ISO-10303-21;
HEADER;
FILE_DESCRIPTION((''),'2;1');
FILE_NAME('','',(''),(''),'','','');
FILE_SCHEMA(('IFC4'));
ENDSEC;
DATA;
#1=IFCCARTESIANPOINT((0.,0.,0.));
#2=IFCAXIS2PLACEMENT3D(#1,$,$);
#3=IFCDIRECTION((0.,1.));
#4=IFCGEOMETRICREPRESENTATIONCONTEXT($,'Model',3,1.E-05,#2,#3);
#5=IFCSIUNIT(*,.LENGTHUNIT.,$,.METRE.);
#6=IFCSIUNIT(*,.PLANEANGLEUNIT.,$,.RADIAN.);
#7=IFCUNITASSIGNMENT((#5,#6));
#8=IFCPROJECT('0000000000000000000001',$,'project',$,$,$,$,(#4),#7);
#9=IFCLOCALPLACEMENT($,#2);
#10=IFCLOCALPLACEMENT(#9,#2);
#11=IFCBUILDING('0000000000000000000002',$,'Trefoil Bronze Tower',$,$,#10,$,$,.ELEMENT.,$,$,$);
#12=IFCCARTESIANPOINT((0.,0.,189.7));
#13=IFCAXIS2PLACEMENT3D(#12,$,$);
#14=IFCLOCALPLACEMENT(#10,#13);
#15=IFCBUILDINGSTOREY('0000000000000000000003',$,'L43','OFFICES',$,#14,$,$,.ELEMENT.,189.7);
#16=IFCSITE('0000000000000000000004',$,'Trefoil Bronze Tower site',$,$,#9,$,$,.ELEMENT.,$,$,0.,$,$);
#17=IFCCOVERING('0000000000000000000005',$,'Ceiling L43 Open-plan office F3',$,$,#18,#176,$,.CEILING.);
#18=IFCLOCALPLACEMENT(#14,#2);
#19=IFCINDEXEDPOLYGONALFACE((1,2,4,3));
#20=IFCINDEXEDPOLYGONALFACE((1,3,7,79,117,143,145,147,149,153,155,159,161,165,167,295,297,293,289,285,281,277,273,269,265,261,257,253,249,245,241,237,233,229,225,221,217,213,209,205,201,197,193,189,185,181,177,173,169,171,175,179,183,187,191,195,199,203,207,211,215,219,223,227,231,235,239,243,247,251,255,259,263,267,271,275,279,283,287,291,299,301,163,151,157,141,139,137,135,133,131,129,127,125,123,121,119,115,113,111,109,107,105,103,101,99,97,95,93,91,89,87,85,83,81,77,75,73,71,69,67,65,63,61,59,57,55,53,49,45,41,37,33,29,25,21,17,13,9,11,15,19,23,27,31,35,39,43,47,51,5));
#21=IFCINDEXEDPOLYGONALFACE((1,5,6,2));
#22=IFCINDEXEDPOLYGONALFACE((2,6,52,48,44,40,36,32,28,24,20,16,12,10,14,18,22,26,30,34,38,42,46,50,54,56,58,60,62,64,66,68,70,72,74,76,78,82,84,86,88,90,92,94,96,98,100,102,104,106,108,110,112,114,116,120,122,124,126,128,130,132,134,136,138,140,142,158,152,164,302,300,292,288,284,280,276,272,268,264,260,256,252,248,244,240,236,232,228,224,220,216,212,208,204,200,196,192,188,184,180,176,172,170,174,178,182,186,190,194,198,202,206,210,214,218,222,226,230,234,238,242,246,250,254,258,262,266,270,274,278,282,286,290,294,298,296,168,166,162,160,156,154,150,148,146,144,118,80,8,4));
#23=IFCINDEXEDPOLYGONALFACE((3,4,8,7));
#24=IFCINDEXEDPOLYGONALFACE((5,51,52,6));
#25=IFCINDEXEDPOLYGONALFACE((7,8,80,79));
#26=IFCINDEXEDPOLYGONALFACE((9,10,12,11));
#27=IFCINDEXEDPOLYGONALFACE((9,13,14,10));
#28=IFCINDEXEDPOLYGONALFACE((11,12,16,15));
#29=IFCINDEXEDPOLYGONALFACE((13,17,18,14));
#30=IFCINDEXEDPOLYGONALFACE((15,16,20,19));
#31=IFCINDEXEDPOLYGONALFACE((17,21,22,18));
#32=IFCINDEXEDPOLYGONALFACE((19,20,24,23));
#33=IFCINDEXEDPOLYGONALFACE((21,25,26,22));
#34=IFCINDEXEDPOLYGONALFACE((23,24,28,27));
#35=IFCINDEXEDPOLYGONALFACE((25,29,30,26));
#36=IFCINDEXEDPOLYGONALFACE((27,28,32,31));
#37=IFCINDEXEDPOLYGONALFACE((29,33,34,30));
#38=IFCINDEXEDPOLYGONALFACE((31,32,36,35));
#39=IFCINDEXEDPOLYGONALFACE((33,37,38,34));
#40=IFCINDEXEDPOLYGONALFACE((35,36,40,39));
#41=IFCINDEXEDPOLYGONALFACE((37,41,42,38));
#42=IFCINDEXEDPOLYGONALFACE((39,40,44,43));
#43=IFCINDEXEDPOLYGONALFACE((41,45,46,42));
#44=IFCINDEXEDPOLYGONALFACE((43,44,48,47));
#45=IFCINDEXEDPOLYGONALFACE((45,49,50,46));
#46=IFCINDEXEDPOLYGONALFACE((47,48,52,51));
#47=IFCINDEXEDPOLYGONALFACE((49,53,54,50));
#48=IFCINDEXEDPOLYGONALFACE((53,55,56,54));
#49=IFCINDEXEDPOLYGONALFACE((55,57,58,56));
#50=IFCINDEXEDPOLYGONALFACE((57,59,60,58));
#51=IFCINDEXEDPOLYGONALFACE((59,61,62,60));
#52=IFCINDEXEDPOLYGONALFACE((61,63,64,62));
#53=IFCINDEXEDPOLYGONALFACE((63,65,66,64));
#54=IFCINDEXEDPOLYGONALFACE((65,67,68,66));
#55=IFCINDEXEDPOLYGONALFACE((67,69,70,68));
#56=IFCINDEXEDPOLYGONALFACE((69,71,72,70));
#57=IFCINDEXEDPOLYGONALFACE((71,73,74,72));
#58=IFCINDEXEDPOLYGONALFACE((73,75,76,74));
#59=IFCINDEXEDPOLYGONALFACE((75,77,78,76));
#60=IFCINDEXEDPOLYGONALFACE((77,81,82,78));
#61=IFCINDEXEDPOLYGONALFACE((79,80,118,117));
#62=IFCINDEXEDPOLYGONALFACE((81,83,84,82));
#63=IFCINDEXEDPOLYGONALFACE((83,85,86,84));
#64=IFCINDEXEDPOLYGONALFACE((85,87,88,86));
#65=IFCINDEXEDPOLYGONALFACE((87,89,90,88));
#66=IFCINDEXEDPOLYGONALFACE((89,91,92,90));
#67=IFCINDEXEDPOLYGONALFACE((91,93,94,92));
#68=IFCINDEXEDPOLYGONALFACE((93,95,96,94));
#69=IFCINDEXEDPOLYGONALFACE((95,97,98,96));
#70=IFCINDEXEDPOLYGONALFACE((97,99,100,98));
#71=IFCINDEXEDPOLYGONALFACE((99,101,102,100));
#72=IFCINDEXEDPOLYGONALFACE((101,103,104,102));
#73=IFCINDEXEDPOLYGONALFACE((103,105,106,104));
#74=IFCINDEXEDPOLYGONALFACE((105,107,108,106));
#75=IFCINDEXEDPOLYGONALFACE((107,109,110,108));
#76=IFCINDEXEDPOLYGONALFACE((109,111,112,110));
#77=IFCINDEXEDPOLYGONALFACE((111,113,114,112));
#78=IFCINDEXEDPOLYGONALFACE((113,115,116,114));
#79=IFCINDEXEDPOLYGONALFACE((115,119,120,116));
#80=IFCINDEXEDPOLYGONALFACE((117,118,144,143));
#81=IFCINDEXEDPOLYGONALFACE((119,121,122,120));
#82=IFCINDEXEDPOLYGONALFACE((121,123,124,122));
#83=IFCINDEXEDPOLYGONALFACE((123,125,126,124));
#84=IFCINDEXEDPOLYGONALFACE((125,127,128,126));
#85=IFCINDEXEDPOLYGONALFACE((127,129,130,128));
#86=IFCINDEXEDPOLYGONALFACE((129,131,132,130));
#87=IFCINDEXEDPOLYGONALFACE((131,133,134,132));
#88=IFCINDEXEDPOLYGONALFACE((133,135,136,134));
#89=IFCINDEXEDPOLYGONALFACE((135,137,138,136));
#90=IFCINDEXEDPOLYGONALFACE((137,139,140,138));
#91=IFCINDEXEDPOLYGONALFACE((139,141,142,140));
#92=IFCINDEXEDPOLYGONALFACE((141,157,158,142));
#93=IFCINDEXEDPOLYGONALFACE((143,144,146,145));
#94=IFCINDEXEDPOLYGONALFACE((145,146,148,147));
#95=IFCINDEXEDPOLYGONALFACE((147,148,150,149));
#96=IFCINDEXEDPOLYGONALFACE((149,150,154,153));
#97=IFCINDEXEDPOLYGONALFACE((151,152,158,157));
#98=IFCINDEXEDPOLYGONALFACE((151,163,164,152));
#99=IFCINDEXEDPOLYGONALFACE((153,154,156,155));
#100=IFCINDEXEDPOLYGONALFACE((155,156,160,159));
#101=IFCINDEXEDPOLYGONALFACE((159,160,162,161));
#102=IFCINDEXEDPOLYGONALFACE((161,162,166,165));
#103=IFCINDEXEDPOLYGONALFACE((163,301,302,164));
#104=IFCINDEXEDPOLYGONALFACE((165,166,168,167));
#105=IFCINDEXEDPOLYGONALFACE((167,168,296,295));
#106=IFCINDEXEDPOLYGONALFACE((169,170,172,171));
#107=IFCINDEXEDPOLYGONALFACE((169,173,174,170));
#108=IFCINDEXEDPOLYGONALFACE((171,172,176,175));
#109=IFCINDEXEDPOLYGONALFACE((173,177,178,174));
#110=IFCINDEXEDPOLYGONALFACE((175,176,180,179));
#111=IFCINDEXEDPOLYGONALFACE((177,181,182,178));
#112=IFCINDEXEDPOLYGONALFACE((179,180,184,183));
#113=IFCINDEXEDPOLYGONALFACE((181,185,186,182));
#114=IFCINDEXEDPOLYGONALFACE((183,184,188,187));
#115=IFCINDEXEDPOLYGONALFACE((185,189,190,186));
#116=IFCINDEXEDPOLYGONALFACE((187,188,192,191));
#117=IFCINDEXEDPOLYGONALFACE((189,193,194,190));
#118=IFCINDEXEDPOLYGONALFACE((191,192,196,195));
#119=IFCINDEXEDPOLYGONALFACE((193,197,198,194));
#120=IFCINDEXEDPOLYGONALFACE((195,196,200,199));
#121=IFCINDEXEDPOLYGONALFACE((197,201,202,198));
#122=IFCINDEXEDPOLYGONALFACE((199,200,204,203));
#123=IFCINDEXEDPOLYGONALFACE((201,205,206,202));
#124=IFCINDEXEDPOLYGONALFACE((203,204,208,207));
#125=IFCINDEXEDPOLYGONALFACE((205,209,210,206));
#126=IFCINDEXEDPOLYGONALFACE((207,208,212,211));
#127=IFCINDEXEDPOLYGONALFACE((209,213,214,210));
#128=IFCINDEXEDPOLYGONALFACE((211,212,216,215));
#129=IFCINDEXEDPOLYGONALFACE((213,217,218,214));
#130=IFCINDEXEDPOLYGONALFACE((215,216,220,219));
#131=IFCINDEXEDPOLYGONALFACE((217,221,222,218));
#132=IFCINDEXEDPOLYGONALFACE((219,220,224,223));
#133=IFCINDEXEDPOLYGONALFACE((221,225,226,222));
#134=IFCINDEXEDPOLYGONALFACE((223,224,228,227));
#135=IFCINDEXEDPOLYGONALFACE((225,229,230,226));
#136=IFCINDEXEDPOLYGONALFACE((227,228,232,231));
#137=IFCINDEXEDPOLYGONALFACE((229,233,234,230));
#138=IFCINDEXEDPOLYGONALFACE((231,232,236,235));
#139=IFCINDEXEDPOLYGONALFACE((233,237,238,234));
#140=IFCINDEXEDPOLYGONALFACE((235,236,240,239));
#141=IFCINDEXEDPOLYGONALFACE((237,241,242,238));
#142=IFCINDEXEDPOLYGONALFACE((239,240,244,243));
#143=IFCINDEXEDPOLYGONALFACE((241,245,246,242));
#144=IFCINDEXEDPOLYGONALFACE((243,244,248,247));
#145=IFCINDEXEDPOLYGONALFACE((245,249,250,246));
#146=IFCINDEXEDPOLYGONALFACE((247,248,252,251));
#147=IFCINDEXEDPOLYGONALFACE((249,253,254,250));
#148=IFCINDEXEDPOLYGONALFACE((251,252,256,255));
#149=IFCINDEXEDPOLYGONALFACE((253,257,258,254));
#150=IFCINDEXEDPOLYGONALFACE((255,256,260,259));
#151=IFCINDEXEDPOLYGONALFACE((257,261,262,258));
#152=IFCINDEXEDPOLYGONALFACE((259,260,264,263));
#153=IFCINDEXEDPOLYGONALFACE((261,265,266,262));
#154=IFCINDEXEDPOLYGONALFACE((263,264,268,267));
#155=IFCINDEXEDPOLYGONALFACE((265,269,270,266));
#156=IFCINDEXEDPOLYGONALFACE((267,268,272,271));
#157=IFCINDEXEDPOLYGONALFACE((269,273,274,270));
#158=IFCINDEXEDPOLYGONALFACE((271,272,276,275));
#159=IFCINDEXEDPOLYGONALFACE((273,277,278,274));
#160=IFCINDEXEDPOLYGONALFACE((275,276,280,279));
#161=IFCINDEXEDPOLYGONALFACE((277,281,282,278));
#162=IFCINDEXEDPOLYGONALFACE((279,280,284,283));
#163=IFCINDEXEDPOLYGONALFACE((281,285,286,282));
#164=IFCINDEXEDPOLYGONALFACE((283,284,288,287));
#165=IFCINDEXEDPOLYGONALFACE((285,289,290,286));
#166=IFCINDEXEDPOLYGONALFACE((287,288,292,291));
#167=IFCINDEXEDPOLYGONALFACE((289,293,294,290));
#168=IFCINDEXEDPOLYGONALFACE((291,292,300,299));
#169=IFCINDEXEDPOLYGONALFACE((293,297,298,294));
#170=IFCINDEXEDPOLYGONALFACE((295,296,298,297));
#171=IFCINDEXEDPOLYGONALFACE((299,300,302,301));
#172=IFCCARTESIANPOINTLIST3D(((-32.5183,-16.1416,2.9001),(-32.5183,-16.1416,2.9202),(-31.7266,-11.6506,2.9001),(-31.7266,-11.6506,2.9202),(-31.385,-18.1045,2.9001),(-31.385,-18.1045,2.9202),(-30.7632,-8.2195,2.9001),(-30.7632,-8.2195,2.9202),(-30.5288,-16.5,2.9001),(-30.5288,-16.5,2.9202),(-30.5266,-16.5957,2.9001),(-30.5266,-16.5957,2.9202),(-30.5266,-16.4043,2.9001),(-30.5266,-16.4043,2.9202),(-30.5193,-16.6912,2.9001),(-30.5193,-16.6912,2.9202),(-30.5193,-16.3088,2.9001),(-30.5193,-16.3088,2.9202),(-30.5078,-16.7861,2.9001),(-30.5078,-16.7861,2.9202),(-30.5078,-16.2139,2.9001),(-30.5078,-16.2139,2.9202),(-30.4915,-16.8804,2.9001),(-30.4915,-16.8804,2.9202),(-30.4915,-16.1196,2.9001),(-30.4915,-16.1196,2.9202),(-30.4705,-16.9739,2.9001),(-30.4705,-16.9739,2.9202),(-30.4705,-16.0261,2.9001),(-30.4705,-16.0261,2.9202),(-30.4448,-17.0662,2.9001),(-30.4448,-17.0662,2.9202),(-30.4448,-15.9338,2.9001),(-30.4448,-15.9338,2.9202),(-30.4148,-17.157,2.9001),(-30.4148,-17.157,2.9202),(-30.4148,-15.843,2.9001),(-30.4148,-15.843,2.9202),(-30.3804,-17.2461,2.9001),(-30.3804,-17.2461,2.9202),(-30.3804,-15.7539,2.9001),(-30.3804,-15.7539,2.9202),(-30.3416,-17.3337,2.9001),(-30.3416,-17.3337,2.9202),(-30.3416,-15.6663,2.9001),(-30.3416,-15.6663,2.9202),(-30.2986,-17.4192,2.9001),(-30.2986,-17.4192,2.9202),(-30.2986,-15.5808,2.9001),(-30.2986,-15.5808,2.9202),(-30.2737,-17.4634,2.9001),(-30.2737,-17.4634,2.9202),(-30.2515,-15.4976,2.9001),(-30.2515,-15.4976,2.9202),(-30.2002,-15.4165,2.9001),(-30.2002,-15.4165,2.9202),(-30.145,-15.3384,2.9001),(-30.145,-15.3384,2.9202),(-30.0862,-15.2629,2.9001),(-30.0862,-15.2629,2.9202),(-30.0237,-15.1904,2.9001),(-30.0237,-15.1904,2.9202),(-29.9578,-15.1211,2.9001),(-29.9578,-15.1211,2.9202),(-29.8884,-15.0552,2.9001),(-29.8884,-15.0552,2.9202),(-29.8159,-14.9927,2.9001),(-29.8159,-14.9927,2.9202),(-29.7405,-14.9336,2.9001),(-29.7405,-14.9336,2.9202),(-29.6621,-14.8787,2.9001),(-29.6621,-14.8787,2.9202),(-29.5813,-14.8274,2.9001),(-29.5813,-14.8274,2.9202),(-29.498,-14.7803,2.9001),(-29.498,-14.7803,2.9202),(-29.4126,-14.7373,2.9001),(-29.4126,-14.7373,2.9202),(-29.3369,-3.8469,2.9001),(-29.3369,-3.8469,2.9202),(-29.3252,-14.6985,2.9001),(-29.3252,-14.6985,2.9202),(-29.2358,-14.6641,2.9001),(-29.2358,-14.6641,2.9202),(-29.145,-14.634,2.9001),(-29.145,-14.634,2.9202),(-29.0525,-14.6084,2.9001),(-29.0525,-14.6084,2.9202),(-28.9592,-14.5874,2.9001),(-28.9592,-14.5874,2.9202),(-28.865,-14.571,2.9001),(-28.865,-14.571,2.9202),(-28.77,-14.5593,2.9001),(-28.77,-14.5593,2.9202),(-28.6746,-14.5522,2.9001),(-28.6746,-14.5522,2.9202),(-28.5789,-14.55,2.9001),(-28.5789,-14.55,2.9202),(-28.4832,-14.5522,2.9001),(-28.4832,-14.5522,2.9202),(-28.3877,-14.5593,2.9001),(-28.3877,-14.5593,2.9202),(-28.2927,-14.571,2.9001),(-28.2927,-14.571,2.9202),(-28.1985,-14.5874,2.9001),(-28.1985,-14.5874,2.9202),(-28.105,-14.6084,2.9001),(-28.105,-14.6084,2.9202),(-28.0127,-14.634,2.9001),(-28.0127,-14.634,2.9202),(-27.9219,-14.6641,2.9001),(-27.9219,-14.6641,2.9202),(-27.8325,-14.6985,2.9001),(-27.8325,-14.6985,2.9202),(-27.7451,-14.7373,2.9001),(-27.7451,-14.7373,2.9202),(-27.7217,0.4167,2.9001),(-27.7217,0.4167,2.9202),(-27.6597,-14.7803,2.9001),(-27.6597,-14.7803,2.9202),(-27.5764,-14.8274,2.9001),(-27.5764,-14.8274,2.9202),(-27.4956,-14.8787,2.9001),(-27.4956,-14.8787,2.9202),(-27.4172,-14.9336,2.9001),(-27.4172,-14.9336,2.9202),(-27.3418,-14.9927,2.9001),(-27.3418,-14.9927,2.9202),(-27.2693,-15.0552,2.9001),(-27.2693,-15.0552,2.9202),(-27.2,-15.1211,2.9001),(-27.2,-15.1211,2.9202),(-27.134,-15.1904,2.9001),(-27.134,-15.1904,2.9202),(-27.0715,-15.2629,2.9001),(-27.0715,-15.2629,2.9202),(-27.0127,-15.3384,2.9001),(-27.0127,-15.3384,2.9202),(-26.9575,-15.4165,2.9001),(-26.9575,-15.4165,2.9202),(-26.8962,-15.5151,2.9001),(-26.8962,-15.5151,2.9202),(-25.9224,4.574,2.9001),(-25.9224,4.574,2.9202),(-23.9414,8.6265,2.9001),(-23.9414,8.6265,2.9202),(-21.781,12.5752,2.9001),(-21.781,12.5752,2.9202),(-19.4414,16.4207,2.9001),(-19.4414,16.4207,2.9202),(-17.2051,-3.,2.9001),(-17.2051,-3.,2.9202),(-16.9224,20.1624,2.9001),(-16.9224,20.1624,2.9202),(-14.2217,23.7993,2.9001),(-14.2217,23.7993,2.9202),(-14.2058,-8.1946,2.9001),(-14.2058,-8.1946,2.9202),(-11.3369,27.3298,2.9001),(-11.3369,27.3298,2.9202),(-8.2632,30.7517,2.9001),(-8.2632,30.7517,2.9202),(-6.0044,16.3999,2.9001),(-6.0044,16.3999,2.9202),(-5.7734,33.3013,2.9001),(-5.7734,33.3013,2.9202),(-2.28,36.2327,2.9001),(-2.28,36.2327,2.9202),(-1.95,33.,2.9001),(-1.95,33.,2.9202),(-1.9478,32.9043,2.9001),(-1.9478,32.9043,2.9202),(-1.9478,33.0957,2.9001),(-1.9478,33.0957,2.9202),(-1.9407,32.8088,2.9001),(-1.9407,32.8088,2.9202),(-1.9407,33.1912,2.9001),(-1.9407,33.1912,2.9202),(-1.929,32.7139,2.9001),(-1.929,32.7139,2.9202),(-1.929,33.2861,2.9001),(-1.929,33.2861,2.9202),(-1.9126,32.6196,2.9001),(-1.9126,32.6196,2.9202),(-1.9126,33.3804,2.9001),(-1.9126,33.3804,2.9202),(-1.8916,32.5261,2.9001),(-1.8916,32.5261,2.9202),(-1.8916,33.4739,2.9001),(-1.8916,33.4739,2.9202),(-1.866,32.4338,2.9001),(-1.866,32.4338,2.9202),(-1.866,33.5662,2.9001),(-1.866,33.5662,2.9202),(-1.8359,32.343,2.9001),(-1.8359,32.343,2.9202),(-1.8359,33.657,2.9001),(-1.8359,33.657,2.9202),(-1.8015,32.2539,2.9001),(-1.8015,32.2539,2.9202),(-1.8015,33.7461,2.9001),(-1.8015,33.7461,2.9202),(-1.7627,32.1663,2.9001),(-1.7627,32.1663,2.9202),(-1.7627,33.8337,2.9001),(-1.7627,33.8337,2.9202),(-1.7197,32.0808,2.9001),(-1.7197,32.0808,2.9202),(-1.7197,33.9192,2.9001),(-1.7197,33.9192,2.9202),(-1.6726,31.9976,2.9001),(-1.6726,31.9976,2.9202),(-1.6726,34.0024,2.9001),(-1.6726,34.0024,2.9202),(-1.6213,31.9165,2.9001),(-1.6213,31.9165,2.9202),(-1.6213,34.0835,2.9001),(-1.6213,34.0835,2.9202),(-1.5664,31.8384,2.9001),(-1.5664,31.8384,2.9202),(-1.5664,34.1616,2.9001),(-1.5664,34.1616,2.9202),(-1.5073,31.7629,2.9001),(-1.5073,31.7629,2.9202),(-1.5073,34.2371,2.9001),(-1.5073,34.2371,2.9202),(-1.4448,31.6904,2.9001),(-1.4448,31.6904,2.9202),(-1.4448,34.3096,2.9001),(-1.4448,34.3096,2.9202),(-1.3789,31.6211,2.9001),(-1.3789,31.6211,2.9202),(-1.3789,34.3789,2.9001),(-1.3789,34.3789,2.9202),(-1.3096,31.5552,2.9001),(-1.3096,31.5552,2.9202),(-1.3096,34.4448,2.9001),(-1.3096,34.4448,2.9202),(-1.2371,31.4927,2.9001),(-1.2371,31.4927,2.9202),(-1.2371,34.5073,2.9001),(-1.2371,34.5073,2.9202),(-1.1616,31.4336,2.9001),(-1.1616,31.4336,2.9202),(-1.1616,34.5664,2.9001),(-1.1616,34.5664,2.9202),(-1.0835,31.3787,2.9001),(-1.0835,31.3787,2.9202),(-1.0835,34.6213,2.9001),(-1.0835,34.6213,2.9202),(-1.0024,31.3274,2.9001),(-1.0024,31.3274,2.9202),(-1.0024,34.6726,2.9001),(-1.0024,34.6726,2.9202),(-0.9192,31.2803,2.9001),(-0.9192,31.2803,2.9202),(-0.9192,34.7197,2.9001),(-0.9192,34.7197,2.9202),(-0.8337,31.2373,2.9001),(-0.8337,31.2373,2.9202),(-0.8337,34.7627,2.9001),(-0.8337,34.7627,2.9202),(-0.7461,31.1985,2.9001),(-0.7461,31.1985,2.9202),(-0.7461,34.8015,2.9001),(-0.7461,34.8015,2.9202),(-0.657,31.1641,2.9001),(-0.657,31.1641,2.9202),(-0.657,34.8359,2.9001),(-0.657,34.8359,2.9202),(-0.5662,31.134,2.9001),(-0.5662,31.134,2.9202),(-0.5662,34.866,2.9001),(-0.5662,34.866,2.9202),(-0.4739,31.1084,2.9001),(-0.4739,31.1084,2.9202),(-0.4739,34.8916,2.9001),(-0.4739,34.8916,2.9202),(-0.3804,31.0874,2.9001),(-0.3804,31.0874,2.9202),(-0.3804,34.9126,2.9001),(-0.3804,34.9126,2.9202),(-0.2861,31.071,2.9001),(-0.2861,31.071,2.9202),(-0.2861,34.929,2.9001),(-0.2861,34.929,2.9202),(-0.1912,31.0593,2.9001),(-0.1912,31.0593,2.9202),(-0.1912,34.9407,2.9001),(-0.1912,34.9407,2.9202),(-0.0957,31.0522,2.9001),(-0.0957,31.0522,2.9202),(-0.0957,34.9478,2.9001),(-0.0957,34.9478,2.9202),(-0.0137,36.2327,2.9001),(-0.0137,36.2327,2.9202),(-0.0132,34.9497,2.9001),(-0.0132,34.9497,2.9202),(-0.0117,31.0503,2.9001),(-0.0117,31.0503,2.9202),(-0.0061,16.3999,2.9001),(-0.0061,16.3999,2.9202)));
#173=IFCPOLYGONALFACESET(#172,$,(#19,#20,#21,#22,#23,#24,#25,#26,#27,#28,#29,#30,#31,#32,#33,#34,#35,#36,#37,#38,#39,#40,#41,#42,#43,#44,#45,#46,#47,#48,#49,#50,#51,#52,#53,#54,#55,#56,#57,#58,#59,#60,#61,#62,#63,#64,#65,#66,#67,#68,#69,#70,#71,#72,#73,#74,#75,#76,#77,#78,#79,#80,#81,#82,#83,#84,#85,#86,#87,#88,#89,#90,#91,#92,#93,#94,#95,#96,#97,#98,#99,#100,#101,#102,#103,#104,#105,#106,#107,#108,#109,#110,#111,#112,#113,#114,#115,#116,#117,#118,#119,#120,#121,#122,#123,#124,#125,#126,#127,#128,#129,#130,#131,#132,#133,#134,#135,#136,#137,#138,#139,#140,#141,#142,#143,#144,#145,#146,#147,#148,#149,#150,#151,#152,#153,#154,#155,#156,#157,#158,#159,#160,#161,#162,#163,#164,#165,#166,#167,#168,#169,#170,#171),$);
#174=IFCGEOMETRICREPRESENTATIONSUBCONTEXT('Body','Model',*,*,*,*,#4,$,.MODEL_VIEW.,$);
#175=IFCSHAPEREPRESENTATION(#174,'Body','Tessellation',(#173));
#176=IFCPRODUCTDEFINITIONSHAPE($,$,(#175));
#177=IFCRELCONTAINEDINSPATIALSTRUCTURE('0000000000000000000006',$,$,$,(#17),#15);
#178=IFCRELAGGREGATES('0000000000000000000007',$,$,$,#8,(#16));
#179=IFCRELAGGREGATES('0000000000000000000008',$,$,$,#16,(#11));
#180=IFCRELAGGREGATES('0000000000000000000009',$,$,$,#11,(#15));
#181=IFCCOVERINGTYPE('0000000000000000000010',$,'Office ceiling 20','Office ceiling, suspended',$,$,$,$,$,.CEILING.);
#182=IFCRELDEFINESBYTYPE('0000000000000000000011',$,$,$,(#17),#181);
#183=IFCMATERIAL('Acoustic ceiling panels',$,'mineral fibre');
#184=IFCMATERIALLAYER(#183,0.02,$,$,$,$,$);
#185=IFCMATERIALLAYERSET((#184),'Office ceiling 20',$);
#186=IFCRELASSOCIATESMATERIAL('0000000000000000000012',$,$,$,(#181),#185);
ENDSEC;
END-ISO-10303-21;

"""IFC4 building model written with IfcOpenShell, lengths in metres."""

from ifc_helpers import new_model, si_unit, direction, frame, origin, place, context, subcontext, project, spatial, polyline, outline, extrude, material, layer, layer_set, type_object, element, save


model = new_model("IFC4")

# Units and contexts
model_context = context("Model", 3, precision=1e-05, world=origin(), true_north=direction((0.0, 1.0)))
body_context = subcontext(model_context, "Body", "Model", "MODEL_VIEW")
ifc_project = project(units=[si_unit("LENGTHUNIT", "METRE"), si_unit("PLANEANGLEUNIT", "RADIAN")], contexts=[model_context])

# Site, building, storey
site_placement = place(None, origin())
site = spatial("IfcSite", under=ifc_project, at=site_placement, Name="Trefoil Bronze Tower site", CompositionType="ELEMENT", RefElevation=0.0)
building_placement = place(site_placement, origin())
building = spatial("IfcBuilding", under=site, at=building_placement, Name="Trefoil Bronze Tower", CompositionType="ELEMENT")
storey_placement = place(building_placement, frame((0.0, 0.0, 189.7)))
storey = spatial("IfcBuildingStorey", under=building, at=storey_placement, Name="L43", Description="OFFICES", CompositionType="ELEMENT", Elevation=189.7)

# Covering
ifc_material_1 = material(Name="Acoustic ceiling panels", Category="mineral fibre")
ifc_layer_1 = layer(ifc_material_1, 0.02)
ifc_layer_set_1 = layer_set([ifc_layer_1], Name="Office ceiling 20")
covering_type_1 = type_object("IfcCoveringType", Name="Office ceiling 20", Description="Office ceiling, suspended", PredefinedType="CEILING", material=ifc_layer_set_1)
covering_1_placement = place(storey_placement, frame((0.0, 0.0, 2.9001)))
element("IfcCovering", 1, at=covering_1_placement, inside=storey, type_object=covering_type_1, Name="Ceiling L43 Open-plan office F3", PredefinedType="CEILING", context=body_context, shape_type="SweptSolid", body=[
    extrude(outline(polyline([(-30.7632, -8.2195), (-29.3369, -3.8469), (-27.7217, 0.4167), (-25.9224, 4.574), (-23.9414, 8.6265), (-21.781, 12.5752), (-19.4414, 16.4207), (-16.9224, 20.1624), (-14.2217, 23.7993), (-11.3369, 27.3298), (-8.2632, 30.7517), (-5.7734, 33.3013), (-2.28, 36.2327), (-0.0137, 36.2327), (-0.0132, 34.9497), (-0.0957, 34.9478), (-0.1912, 34.9407), (-0.2861, 34.929), (-0.3804, 34.9126), (-0.4739, 34.8916), (-0.5662, 34.866), (-0.657, 34.8359), (-0.7461, 34.8015), (-0.8337, 34.7627), (-0.9192, 34.7197), (-1.0024, 34.6726), (-1.0835, 34.6213), (-1.1616, 34.5664), (-1.2371, 34.5073), (-1.3096, 34.4448), (-1.3789, 34.3789), (-1.4448, 34.3096), (-1.5073, 34.2371), (-1.5664, 34.1616), (-1.6213, 34.0835), (-1.6726, 34.0024), (-1.7197, 33.9192), (-1.7627, 33.8337), (-1.8015, 33.7461), (-1.8359, 33.657), (-1.866, 33.5662), (-1.8916, 33.4739), (-1.9126, 33.3804), (-1.929, 33.2861), (-1.9407, 33.1912), (-1.9478, 33.0957), (-1.95, 33.0), (-1.9478, 32.9043), (-1.9407, 32.8088), (-1.929, 32.7139), (-1.9126, 32.6196), (-1.8916, 32.5261), (-1.866, 32.4338), (-1.8359, 32.343), (-1.8015, 32.2539), (-1.7627, 32.1663), (-1.7197, 32.0808), (-1.6726, 31.9976), (-1.6213, 31.9165), (-1.5664, 31.8384), (-1.5073, 31.7629), (-1.4448, 31.6904), (-1.3789, 31.6211), (-1.3096, 31.5552), (-1.2371, 31.4927), (-1.1616, 31.4336), (-1.0835, 31.3787), (-1.0024, 31.3274), (-0.9192, 31.2803), (-0.8337, 31.2373), (-0.7461, 31.1985), (-0.657, 31.1641), (-0.5662, 31.134), (-0.4739, 31.1084), (-0.3804, 31.0874), (-0.2861, 31.071), (-0.1912, 31.0593), (-0.0957, 31.0522), (-0.0117, 31.0503), (-0.0061, 16.3999), (-6.0044, 16.3999), (-17.2051, -3.0), (-14.2058, -8.1946), (-26.8962, -15.5151), (-26.9575, -15.4165), (-27.0127, -15.3384), (-27.0715, -15.2629), (-27.134, -15.1904), (-27.2, -15.1211), (-27.2693, -15.0552), (-27.3418, -14.9927), (-27.4172, -14.9336), (-27.4956, -14.8787), (-27.5764, -14.8274), (-27.6597, -14.7803), (-27.7451, -14.7373), (-27.8325, -14.6985), (-27.9219, -14.6641), (-28.0127, -14.634), (-28.105, -14.6084), (-28.1985, -14.5874), (-28.2927, -14.571), (-28.3877, -14.5593), (-28.4832, -14.5522), (-28.5789, -14.55), (-28.6746, -14.5522), (-28.77, -14.5593), (-28.865, -14.571), (-28.9592, -14.5874), (-29.0525, -14.6084), (-29.145, -14.634), (-29.2358, -14.6641), (-29.3252, -14.6985), (-29.4126, -14.7373), (-29.498, -14.7803), (-29.5813, -14.8274), (-29.6621, -14.8787), (-29.7405, -14.9336), (-29.8159, -14.9927), (-29.8884, -15.0552), (-29.9578, -15.1211), (-30.0237, -15.1904), (-30.0862, -15.2629), (-30.145, -15.3384), (-30.2002, -15.4165), (-30.2515, -15.4976), (-30.2986, -15.5808), (-30.3416, -15.6663), (-30.3804, -15.7539), (-30.4148, -15.843), (-30.4448, -15.9338), (-30.4705, -16.0261), (-30.4915, -16.1196), (-30.5078, -16.2139), (-30.5193, -16.3088), (-30.5266, -16.4043), (-30.5288, -16.5), (-30.5266, -16.5957), (-30.5193, -16.6912), (-30.5078, -16.7861), (-30.4915, -16.8804), (-30.4705, -16.9739), (-30.4448, -17.0662), (-30.4148, -17.157), (-30.3804, -17.2461), (-30.3416, -17.3337), (-30.2986, -17.4192), (-30.2737, -17.4634), (-31.385, -18.1045), (-32.5183, -16.1416), (-31.7266, -11.6506), (-30.7632, -8.2195)])), origin(), (0.0, 0.0, 1.0), 0.02),
])

save(model, "model.ifc")
